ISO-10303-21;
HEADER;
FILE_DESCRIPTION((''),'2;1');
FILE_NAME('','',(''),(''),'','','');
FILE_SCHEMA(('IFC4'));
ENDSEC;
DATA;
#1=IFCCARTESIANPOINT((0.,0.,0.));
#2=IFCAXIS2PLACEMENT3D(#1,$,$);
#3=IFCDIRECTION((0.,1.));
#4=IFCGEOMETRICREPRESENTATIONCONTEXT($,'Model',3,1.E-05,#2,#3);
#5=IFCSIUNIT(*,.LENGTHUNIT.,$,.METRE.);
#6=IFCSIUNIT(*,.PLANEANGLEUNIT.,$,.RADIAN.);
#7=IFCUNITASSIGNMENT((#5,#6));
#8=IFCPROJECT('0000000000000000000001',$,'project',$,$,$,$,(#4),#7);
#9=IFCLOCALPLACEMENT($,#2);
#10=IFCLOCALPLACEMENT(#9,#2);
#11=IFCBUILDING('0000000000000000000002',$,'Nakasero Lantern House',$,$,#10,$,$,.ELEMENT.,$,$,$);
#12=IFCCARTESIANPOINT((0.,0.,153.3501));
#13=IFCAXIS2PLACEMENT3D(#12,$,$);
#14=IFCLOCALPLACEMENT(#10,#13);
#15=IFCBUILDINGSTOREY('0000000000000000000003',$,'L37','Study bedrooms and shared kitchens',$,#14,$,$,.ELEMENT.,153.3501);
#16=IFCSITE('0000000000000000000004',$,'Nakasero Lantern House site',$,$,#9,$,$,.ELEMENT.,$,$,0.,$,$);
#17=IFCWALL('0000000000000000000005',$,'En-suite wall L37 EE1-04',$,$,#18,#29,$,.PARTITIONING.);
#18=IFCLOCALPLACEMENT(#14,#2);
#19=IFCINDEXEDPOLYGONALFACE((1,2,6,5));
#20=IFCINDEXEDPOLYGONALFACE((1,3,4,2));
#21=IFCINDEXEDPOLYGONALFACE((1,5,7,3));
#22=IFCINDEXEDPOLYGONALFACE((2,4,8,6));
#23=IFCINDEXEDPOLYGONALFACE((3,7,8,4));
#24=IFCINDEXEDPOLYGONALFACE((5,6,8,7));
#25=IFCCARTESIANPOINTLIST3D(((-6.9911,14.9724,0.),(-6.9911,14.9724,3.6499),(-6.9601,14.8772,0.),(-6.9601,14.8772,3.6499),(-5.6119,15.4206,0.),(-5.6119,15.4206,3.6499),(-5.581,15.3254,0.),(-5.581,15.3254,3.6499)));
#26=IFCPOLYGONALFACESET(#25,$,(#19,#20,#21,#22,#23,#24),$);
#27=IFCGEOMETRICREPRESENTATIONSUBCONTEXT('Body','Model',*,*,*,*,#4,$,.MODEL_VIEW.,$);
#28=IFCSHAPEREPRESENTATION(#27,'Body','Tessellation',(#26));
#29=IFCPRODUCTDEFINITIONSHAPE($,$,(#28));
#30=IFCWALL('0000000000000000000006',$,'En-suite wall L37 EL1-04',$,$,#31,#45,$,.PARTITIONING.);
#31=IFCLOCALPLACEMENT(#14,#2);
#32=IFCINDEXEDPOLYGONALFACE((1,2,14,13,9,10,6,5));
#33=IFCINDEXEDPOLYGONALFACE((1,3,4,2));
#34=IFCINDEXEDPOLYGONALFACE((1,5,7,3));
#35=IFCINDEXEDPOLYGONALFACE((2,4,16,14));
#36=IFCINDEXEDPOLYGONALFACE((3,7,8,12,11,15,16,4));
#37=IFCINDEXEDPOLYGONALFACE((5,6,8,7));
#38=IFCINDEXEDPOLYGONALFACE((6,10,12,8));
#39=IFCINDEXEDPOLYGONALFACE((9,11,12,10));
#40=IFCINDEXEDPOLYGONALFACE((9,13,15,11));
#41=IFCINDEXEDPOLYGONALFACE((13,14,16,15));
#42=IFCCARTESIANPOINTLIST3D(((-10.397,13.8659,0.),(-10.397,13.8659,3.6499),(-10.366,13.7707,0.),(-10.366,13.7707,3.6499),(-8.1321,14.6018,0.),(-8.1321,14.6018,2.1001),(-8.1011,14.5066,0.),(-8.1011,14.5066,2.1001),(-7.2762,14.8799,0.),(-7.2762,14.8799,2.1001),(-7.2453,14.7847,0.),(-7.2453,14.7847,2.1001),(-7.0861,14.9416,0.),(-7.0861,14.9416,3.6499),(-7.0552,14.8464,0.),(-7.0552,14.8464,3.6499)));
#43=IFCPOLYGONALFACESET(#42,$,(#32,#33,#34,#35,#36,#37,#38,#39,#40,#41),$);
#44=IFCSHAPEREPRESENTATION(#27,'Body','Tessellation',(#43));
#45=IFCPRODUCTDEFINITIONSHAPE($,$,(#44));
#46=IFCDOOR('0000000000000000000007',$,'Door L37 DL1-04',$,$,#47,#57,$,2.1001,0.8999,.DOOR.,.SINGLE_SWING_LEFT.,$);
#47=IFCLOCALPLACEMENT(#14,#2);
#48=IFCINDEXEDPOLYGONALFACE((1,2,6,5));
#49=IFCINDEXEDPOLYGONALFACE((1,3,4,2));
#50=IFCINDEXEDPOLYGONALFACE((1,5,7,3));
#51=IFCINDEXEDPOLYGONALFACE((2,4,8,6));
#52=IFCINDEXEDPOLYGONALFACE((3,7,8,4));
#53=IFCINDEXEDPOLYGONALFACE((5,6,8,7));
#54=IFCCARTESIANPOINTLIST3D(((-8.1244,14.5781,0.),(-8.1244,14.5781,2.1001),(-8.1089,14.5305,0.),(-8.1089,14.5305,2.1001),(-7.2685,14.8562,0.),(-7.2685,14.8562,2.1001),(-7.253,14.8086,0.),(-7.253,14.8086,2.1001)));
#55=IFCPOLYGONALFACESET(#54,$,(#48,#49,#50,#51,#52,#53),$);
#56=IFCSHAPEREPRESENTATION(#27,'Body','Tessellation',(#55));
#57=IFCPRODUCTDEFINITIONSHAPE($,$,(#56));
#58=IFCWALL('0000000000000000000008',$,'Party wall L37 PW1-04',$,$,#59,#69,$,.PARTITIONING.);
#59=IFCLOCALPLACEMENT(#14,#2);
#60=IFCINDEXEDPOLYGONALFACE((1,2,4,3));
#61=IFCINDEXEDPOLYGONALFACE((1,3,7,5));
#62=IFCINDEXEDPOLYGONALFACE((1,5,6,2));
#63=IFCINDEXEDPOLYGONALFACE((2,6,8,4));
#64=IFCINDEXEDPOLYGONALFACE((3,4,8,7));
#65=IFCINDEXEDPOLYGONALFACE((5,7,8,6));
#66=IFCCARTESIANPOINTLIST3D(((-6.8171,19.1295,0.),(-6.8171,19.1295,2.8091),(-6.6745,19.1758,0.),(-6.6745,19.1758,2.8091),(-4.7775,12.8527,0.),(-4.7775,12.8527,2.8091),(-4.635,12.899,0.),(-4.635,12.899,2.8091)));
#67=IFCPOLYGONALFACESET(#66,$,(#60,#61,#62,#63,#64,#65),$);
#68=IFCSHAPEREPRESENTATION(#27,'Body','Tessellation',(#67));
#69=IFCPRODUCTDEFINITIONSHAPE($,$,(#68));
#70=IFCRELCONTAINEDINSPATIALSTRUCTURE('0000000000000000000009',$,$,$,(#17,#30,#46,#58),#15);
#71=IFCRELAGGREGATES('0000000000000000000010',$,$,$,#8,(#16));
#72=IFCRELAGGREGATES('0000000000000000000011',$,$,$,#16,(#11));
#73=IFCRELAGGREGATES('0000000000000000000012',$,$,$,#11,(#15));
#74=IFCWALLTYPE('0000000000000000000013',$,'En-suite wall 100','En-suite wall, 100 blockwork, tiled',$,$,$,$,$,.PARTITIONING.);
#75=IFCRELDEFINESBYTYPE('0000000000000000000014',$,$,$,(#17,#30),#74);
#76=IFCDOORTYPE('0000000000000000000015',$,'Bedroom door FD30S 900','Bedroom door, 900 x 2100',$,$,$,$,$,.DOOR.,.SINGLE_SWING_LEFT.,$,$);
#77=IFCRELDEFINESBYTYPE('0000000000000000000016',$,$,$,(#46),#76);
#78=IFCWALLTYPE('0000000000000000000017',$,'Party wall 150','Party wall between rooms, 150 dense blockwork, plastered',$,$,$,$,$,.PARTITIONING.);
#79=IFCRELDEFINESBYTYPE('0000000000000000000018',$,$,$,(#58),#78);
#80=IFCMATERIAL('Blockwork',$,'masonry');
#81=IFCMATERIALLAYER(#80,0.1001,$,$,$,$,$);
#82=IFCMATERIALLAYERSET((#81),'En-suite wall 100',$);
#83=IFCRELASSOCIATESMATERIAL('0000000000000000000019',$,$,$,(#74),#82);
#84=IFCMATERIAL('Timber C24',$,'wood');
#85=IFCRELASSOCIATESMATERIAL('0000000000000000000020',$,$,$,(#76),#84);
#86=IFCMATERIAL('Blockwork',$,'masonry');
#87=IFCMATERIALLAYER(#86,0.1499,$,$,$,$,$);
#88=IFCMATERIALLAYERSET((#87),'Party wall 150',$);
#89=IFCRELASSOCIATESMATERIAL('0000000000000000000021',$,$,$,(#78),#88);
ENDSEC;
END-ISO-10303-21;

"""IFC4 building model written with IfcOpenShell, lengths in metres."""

from ifc_helpers import new_model, si_unit, direction, frame, frame_2d, origin, place, context, subcontext, project, spatial, rectangle, extrude, material, layer, layer_set, type_object, element, fill, save


model = new_model("IFC4")

# Units and contexts
model_context = context("Model", 3, precision=1e-05, world=origin(), true_north=direction((0.0, 1.0)))
body_context = subcontext(model_context, "Body", "Model", "MODEL_VIEW")
ifc_project = project(units=[si_unit("LENGTHUNIT", "METRE"), si_unit("PLANEANGLEUNIT", "RADIAN")], contexts=[model_context])

# Site, building, storey
site_placement = place(None, origin())
site = spatial("IfcSite", under=ifc_project, at=site_placement, Name="Nakasero Lantern House site", CompositionType="ELEMENT", RefElevation=0.0)
building_placement = place(site_placement, origin())
building = spatial("IfcBuilding", under=site, at=building_placement, Name="Nakasero Lantern House", CompositionType="ELEMENT")
storey_placement = place(building_placement, frame((0.0, 0.0, 153.3501)))
storey = spatial("IfcBuildingStorey", under=building, at=storey_placement, Name="L37", Description="Study bedrooms and shared kitchens", CompositionType="ELEMENT", Elevation=153.3501)

# Shared definitions
ifc_material_1 = material(Name="Blockwork", Category="masonry")
ifc_layer_1 = layer(ifc_material_1, 0.1001)
ifc_layer_set_1 = layer_set([ifc_layer_1], Name="En-suite wall 100")
wall_type_1 = type_object("IfcWallType", Name="En-suite wall 100", Description="En-suite wall, 100 blockwork, tiled", PredefinedType="PARTITIONING", material=ifc_layer_set_1)

# Wall
wall_1_placement = place(storey_placement, frame((-5.5964, 15.373, 0.0), z_axis=(0.0, 0.0, 1.0), x_axis=(-0.95103, -0.309097, 0.0)))
element("IfcWall", 1, at=wall_1_placement, inside=storey, type_object=wall_type_1, Name="En-suite wall L37 EE1-04", PredefinedType="PARTITIONING", context=body_context, shape_type="SweptSolid", body=[
    extrude(rectangle(XDim=1.4502, YDim=0.1001, at=frame_2d((0.7251, 0.0))), origin(), (0.0, 0.0, 1.0), 3.6499),
])

# Wall, opening, door
wall_2_placement = place(storey_placement, frame((-7.0706, 14.894, 0.0), z_axis=(0.0, 0.0, 1.0), x_axis=(-0.951061, -0.309002, 0.0)))
wall_2 = element("IfcWall", 2, at=wall_2_placement, inside=storey, type_object=wall_type_1, Name="En-suite wall L37 EL1-04", PredefinedType="PARTITIONING", context=body_context, shape_type="SweptSolid", body=[
    extrude(rectangle(XDim=3.4812, YDim=0.1001, at=frame_2d((1.7407, 0.0))), origin(), (0.0, 0.0, 1.0), 3.6499),
])
opening_1_placement = place(wall_2_placement, frame((0.2, 0.0, 0.0)))
opening_1 = element("IfcOpeningElement", 3, at=opening_1_placement, cuts=wall_2, PredefinedType="OPENING", context=body_context, shape_type="SweptSolid", body=[
    extrude(rectangle(XDim=0.8999, YDim=2.1001, at=frame_2d((0.45, 1.05))), frame((0.0, 0.0701, 0.0), z_axis=(0.0, -1.0, 0.0), x_axis=(1.0, 0.0, 0.0)), (0.0, 0.0, 1.0), 0.1401),
])
ifc_material_2 = material(Name="Timber C24", Category="wood")
door_type_1 = type_object("IfcDoorType", Name="Bedroom door FD30S 900", Description="Bedroom door, 900 x 2100", OperationType="SINGLE_SWING_LEFT", PredefinedType="DOOR", material=ifc_material_2)
door_1_placement = place(opening_1_placement, origin())
door_1 = element("IfcDoor", 4, at=door_1_placement, inside=storey, type_object=door_type_1, Name="Door L37 DL1-04", OperationType="SINGLE_SWING_LEFT", OverallHeight=2.1001, OverallWidth=0.8999, PredefinedType="DOOR", context=body_context, shape_type="SweptSolid", body=[
    extrude(rectangle(XDim=0.8999, YDim=2.1001, at=frame_2d((0.45, 1.05))), frame((0.0, 0.0249, 0.0), z_axis=(0.0, -1.0, 0.0), x_axis=(1.0, 0.0, 0.0)), (0.0, 0.0, 1.0), 0.05),
])
fill(opening_1, door_1)

# Wall
ifc_material_3 = material(Name="Blockwork", Category="masonry")
ifc_layer_2 = layer(ifc_material_3, 0.1499)
ifc_layer_set_2 = layer_set([ifc_layer_2], Name="Party wall 150")
wall_type_2 = type_object("IfcWallType", Name="Party wall 150", Description="Party wall between rooms, 150 dense blockwork, plastered", PredefinedType="PARTITIONING", material=ifc_layer_set_2)
wall_3_placement = place(storey_placement, frame((-4.7063, 12.876, 0.0), z_axis=(0.0, 0.0, 1.0), x_axis=(-0.309028, 0.951053, 0.0)))
element("IfcWall", 5, at=wall_3_placement, inside=storey, type_object=wall_type_2, Name="Party wall L37 PW1-04", PredefinedType="PARTITIONING", context=body_context, shape_type="SweptSolid", body=[
    extrude(rectangle(XDim=6.5999, YDim=0.1499, at=frame_2d((3.2998, 0.0))), origin(), (0.0, 0.0, 1.0), 2.8091),
])

save(model, "model.ifc")
